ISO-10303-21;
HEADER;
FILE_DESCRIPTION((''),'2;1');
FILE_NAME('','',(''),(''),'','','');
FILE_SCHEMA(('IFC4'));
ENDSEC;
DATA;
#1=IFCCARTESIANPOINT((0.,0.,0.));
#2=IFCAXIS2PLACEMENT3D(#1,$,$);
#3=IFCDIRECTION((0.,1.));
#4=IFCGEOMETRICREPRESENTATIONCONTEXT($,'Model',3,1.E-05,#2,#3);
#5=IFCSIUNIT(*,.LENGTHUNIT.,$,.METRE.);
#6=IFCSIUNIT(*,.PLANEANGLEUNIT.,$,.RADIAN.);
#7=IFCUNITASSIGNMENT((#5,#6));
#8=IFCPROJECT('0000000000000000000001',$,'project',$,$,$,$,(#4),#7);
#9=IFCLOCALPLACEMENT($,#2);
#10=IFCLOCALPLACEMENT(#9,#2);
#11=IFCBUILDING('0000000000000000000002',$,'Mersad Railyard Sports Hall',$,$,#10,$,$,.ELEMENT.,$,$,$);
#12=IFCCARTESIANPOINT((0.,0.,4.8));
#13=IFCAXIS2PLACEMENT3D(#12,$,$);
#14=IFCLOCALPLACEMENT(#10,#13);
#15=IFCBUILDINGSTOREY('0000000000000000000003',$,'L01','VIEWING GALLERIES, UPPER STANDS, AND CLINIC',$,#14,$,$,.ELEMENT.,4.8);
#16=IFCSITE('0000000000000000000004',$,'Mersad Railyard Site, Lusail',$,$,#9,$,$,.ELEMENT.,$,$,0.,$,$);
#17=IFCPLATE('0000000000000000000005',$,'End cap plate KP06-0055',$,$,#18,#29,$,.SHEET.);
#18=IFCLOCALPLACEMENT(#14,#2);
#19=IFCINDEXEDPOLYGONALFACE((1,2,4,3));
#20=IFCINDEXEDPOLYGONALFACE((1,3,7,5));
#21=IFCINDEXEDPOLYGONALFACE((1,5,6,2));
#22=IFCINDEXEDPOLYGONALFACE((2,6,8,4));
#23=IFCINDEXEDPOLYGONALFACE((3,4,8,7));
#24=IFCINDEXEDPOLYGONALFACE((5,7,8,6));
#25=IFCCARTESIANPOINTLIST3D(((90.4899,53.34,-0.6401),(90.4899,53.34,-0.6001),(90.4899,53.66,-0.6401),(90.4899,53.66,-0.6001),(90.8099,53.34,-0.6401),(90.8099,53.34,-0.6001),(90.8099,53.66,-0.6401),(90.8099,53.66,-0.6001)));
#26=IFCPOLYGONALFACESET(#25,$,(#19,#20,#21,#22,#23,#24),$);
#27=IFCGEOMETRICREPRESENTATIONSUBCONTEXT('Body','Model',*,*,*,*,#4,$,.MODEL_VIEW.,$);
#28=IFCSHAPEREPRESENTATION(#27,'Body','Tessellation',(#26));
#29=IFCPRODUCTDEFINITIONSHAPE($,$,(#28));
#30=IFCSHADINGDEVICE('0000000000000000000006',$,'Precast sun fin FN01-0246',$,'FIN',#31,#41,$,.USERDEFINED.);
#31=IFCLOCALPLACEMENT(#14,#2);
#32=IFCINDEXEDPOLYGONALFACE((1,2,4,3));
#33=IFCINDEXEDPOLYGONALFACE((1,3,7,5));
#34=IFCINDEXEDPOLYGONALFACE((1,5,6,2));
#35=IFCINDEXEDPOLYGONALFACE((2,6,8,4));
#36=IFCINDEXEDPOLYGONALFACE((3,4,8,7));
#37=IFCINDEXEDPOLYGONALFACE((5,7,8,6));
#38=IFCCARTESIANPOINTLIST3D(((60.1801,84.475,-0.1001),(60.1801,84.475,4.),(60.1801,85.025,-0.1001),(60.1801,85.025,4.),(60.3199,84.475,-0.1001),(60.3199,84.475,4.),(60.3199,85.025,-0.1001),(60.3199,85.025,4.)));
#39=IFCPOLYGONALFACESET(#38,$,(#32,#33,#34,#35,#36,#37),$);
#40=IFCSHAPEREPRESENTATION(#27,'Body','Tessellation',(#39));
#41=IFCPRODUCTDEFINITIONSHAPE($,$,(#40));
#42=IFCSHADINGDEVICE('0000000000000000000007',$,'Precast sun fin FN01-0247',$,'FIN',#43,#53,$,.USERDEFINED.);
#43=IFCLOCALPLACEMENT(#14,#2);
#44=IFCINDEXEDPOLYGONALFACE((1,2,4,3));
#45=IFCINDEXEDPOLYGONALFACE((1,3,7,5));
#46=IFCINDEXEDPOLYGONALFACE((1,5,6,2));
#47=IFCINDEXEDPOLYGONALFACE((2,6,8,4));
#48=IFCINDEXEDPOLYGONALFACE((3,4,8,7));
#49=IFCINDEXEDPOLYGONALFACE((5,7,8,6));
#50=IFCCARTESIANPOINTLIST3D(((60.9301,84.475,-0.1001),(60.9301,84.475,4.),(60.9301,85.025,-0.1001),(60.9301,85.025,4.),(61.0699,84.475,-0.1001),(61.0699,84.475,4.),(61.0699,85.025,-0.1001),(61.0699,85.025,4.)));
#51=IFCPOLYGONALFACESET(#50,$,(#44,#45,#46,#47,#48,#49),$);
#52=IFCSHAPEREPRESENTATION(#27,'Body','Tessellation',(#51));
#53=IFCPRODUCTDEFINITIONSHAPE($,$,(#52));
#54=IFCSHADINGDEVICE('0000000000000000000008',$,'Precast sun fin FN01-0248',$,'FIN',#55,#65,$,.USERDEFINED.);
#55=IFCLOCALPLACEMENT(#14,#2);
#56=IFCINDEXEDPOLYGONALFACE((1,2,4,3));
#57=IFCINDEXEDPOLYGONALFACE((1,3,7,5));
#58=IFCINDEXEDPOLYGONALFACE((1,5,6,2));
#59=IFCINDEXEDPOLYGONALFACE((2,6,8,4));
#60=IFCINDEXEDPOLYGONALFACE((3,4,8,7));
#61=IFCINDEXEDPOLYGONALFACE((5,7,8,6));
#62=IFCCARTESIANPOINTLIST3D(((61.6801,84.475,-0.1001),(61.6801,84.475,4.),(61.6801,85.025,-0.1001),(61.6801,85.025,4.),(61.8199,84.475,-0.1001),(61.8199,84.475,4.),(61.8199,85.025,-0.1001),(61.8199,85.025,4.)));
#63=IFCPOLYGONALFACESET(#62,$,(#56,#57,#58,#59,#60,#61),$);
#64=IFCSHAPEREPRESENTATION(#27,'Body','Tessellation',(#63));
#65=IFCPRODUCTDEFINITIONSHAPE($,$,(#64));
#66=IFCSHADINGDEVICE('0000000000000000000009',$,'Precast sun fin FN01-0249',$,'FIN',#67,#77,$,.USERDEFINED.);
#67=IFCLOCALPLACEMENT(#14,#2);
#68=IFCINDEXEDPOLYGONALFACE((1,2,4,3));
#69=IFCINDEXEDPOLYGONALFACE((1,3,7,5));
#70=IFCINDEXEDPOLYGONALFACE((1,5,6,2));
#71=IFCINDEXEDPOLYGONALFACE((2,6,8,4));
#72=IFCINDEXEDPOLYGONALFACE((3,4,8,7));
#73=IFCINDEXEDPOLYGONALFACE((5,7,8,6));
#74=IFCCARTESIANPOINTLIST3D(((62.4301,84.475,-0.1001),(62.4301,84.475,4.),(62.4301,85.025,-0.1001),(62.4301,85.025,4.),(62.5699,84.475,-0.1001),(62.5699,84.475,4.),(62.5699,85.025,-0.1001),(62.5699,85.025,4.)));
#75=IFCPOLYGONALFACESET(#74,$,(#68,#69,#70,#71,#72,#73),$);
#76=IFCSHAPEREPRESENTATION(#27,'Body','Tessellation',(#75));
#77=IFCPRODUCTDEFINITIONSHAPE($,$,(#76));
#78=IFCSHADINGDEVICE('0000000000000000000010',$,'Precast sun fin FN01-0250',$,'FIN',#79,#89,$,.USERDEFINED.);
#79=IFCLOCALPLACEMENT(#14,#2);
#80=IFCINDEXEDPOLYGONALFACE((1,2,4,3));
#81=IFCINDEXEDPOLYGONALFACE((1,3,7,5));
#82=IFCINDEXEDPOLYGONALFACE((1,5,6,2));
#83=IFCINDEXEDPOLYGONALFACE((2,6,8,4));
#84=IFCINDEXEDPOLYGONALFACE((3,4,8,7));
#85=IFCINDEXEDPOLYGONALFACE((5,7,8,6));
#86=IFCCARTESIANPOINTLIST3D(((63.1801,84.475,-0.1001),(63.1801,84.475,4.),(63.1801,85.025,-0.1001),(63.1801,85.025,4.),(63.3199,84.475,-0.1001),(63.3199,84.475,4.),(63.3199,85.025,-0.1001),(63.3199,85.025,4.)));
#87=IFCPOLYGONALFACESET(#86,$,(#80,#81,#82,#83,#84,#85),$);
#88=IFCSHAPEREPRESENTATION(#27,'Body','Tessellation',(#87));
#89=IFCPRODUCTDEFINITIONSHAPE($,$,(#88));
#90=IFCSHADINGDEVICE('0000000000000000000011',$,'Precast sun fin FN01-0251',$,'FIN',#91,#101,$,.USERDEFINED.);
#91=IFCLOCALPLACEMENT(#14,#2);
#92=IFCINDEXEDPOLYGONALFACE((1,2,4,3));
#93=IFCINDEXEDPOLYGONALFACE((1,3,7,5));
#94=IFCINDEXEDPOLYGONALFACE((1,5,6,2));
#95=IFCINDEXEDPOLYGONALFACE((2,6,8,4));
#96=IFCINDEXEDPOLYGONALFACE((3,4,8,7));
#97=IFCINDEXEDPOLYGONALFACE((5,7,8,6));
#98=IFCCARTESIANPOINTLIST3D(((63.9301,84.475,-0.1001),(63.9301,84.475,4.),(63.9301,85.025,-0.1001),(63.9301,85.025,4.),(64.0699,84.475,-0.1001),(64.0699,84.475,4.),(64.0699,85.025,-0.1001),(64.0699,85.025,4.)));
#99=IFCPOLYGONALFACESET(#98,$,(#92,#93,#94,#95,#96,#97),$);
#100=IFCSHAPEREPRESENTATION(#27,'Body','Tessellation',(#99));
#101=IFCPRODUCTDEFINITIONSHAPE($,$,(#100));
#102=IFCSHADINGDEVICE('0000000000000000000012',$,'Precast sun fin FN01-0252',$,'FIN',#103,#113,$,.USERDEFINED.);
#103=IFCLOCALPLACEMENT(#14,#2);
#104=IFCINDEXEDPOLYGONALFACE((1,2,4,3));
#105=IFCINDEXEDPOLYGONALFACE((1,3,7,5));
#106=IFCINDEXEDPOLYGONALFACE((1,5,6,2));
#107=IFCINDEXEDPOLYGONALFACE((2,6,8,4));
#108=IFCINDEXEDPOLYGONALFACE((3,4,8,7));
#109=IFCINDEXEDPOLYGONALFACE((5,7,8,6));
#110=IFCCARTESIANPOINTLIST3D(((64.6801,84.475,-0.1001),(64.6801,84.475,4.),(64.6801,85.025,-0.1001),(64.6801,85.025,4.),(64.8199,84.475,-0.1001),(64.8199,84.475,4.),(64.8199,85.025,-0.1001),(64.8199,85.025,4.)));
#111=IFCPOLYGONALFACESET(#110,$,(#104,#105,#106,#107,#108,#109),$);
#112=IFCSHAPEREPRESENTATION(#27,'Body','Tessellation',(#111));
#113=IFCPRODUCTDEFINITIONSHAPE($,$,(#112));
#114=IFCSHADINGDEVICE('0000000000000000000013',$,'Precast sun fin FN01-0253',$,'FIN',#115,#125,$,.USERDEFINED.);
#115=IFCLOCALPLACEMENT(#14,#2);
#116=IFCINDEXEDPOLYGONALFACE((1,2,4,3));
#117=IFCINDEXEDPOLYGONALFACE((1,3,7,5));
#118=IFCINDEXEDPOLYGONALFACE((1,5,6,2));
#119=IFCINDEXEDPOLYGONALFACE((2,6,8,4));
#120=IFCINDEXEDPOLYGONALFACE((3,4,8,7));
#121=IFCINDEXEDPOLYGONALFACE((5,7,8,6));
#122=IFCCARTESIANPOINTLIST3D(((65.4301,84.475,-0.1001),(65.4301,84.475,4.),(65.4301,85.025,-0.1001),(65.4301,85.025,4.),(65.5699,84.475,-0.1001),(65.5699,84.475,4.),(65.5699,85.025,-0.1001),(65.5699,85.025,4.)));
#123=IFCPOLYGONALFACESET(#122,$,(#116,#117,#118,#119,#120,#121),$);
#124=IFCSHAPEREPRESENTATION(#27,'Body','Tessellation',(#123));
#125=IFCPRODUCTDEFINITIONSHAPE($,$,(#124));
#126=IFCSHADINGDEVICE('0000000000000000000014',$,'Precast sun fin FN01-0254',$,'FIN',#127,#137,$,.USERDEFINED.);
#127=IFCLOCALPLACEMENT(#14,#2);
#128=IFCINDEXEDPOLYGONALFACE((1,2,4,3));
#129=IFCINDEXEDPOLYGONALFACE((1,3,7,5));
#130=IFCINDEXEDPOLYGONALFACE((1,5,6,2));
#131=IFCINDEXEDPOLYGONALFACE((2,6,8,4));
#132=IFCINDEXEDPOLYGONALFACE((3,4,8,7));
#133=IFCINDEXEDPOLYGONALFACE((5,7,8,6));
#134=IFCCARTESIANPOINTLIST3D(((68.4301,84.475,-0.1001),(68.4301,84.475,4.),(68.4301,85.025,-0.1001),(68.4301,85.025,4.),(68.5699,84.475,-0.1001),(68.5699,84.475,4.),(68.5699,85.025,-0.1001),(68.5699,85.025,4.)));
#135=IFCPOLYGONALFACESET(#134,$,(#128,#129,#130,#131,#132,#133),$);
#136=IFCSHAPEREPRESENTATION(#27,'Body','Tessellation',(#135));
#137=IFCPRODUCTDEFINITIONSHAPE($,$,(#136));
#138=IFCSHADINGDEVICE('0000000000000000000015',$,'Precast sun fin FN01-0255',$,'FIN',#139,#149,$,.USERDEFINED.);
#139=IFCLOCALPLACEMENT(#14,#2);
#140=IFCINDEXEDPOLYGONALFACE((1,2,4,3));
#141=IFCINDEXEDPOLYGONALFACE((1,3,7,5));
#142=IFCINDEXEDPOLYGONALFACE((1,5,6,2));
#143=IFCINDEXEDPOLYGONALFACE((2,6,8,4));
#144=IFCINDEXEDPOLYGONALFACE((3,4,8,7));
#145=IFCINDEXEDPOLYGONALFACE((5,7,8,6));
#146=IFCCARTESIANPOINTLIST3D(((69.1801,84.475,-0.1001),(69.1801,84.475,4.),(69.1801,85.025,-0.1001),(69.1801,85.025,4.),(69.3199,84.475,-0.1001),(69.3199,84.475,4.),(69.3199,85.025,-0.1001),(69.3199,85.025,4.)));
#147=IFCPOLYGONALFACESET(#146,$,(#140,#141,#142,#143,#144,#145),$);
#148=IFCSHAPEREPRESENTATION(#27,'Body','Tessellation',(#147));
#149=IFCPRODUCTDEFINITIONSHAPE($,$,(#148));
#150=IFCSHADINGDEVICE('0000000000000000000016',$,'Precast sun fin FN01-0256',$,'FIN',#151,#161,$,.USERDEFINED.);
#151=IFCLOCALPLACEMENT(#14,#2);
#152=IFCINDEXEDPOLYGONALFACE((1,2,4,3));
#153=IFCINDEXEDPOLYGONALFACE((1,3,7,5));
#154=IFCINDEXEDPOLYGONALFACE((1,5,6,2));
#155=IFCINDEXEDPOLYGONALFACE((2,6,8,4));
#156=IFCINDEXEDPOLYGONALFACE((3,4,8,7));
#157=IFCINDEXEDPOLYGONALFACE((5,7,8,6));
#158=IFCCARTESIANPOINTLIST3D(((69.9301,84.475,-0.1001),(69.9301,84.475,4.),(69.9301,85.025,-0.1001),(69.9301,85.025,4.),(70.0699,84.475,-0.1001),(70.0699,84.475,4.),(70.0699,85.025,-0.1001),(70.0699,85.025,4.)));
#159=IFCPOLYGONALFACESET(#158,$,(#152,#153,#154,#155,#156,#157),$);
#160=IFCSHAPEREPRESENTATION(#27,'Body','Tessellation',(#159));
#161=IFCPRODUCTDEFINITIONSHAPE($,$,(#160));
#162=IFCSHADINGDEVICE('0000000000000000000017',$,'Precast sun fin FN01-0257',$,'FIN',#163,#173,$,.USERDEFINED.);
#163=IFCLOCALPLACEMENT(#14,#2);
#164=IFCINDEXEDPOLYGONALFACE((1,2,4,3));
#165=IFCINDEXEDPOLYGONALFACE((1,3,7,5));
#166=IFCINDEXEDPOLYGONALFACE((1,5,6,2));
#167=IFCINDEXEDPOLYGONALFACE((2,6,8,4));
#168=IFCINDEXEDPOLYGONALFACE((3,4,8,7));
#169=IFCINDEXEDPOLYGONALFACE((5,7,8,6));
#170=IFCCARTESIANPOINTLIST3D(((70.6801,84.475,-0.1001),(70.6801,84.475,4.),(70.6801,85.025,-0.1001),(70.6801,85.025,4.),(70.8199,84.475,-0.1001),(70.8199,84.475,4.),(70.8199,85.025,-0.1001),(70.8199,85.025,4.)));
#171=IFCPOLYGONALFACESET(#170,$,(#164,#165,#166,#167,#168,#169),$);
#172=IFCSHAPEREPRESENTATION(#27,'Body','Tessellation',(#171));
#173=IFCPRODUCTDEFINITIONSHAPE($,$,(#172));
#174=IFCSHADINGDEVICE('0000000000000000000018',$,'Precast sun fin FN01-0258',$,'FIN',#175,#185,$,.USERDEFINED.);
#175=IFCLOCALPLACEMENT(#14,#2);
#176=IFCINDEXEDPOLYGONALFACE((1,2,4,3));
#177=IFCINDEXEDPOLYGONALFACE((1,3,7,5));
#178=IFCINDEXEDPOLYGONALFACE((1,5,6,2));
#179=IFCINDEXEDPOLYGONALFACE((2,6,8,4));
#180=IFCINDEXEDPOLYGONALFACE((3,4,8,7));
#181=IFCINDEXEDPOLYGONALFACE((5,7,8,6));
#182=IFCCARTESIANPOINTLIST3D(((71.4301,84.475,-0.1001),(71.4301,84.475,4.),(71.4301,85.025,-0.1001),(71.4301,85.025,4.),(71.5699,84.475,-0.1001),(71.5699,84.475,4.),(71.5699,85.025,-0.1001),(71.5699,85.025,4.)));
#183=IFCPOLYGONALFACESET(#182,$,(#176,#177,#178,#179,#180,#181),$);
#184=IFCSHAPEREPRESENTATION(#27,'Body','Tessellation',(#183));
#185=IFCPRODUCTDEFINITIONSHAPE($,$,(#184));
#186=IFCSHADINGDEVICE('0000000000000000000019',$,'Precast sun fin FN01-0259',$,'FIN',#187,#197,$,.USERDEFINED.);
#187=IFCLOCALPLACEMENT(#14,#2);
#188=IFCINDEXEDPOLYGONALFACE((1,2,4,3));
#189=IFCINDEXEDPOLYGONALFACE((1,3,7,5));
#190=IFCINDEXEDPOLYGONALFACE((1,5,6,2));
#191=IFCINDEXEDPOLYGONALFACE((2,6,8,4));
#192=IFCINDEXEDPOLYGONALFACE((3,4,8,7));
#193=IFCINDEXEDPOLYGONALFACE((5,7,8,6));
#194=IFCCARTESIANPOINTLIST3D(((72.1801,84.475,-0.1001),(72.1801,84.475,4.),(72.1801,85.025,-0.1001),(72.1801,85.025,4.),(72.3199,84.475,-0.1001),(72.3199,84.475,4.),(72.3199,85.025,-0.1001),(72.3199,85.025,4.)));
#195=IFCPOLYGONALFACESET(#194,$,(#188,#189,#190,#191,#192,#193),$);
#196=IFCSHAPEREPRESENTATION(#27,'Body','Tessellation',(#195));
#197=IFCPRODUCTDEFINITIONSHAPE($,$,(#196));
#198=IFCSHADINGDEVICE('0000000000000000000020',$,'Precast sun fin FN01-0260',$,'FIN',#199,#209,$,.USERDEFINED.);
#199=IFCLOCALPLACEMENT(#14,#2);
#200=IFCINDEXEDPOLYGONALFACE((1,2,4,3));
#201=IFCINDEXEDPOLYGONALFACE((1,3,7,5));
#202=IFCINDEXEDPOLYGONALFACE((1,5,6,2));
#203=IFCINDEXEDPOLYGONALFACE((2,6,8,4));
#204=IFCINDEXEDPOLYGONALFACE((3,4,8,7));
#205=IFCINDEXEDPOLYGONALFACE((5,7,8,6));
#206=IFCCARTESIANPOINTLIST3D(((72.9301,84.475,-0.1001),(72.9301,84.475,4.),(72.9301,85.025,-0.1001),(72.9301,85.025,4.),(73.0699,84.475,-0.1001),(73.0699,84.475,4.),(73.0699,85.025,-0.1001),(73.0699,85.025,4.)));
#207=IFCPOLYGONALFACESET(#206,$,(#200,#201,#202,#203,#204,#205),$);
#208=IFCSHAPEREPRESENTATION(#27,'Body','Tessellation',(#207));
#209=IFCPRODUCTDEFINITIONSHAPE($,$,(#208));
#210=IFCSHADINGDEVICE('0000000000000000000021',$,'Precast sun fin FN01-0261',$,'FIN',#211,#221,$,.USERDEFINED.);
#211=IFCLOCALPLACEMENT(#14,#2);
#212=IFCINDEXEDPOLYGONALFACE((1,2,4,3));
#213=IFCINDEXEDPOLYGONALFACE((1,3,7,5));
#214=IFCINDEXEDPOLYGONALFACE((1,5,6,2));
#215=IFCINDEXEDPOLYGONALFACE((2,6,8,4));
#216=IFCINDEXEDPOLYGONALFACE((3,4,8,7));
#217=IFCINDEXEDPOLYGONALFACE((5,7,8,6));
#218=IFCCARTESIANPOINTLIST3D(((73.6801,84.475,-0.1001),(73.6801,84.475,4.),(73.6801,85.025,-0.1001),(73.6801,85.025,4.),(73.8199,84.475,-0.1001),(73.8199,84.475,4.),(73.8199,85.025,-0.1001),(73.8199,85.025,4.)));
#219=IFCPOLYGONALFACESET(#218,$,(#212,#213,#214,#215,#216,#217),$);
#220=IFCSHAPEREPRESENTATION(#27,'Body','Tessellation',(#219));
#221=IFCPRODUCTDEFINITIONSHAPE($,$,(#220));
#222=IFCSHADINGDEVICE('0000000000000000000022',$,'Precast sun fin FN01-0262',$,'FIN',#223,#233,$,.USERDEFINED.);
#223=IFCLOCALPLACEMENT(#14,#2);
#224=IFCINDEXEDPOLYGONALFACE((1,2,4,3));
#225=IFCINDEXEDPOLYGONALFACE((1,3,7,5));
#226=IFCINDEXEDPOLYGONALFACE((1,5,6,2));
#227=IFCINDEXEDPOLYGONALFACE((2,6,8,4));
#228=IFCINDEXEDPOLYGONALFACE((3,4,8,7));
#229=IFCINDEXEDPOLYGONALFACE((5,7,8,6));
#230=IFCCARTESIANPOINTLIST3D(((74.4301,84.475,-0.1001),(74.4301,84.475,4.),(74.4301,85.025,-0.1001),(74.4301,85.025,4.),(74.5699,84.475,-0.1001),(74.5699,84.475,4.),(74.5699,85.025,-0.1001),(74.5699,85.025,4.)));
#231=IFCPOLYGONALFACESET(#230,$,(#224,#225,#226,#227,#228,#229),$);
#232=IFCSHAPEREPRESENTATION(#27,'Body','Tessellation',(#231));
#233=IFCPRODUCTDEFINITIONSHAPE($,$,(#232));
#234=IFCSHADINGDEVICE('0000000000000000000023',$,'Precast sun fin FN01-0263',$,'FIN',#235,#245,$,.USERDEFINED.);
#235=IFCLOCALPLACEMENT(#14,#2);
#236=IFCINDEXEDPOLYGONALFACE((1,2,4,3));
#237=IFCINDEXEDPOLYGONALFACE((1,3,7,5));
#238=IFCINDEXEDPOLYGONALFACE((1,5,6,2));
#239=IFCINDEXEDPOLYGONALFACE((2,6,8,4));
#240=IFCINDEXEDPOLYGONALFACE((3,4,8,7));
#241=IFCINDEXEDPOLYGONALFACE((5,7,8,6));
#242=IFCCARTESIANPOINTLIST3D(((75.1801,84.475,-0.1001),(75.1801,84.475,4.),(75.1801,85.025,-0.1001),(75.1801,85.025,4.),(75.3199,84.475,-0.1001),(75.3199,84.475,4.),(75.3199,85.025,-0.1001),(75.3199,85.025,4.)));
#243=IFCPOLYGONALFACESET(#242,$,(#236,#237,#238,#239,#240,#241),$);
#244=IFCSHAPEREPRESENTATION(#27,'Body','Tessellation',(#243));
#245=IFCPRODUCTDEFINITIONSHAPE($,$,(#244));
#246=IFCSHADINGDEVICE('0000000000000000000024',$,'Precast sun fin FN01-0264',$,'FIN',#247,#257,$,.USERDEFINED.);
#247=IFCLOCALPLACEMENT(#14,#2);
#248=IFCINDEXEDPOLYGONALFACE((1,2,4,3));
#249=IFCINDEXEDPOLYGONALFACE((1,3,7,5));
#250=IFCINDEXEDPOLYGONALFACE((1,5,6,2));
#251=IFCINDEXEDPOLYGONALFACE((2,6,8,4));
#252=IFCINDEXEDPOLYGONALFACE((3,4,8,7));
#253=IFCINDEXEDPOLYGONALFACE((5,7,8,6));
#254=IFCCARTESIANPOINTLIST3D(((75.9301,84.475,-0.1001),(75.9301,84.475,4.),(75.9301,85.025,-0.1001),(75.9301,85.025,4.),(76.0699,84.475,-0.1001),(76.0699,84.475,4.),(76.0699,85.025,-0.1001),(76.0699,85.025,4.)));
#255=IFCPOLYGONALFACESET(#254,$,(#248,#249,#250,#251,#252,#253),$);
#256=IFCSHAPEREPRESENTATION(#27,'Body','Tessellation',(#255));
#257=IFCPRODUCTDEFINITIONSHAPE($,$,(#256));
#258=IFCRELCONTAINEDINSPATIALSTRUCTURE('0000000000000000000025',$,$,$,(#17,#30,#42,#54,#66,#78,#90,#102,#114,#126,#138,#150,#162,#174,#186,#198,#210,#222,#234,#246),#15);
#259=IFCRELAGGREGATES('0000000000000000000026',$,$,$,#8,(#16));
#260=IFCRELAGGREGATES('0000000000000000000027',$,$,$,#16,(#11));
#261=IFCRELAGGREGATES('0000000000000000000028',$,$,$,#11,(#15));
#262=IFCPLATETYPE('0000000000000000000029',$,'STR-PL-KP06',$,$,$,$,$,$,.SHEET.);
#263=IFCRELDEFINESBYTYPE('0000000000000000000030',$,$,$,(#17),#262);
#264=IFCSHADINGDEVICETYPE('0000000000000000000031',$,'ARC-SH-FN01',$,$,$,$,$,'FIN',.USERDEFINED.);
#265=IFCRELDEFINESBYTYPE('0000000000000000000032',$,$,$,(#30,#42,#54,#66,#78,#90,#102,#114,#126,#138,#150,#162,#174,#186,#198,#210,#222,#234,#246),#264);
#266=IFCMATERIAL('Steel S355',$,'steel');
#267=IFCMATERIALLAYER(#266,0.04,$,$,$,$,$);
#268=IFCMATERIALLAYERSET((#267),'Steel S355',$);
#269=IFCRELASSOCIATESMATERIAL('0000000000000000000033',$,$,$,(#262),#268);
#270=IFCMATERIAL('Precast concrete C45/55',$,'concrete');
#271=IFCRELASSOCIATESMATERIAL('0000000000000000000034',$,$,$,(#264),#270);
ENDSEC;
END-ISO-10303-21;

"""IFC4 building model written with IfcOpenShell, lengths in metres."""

from ifc_helpers import new_model, si_unit, direction, frame, origin, origin_2d, place, context, subcontext, project, spatial, rectangle, extrude, material, layer, layer_set, type_object, element, save


model = new_model("IFC4")

# Units and contexts
model_context = context("Model", 3, precision=1e-05, world=origin(), true_north=direction((0.0, 1.0)))
body_context = subcontext(model_context, "Body", "Model", "MODEL_VIEW")
ifc_project = project(units=[si_unit("LENGTHUNIT", "METRE"), si_unit("PLANEANGLEUNIT", "RADIAN")], contexts=[model_context])

# Site, building, storey
site_placement = place(None, origin())
site = spatial("IfcSite", under=ifc_project, at=site_placement, Name="Mersad Railyard Site, Lusail", CompositionType="ELEMENT", RefElevation=0.0)
building_placement = place(site_placement, origin())
building = spatial("IfcBuilding", under=site, at=building_placement, Name="Mersad Railyard Sports Hall", CompositionType="ELEMENT")
storey_placement = place(building_placement, frame((0.0, 0.0, 4.8)))
storey = spatial("IfcBuildingStorey", under=building, at=storey_placement, Name="L01", Description="VIEWING GALLERIES, UPPER STANDS, AND CLINIC", CompositionType="ELEMENT", Elevation=4.8)

# Shared definitions
ifc_material_1 = material(Name="Steel S355", Category="steel")

# Plate
ifc_layer_1 = layer(ifc_material_1, 0.04)
ifc_layer_set_1 = layer_set([ifc_layer_1], Name="Steel S355")
plate_type_1 = type_object("IfcPlateType", Name="STR-PL-KP06", PredefinedType="SHEET", material=ifc_layer_set_1)
plate_1_placement = place(storey_placement, frame((90.6499, 53.5, -0.6401), z_axis=(0.0, 0.0, 1.0), x_axis=(1.0, 0.0, 0.0)))
element("IfcPlate", 1, at=plate_1_placement, inside=storey, type_object=plate_type_1, Name="End cap plate KP06-0055", PredefinedType="SHEET", context=body_context, shape_type="SweptSolid", body=[
    extrude(rectangle(XDim=0.3201, YDim=0.3201, at=origin_2d()), origin(), (0.0, 0.0, 1.0), 0.04),
])

# Shading devices
ifc_material_2 = material(Name="Precast concrete C45/55", Category="concrete")
shading_device_type = type_object("IfcShadingDeviceType", Name="ARC-SH-FN01", ElementType="FIN", PredefinedType="USERDEFINED", material=ifc_material_2)
for number, where, z_axis, x_axis, name in (
    (2, (60.25, 84.75, -0.1001), (0.0, 0.0, 1.0), (1.0, 0.0, 0.0), "Precast sun fin FN01-0246"),
    (3, (61.0, 84.75, -0.1001), (0.0, 0.0, 1.0), (1.0, 0.0, 0.0), "Precast sun fin FN01-0247"),
    (4, (61.75, 84.75, -0.1001), (0.0, 0.0, 1.0), (1.0, 0.0, 0.0), "Precast sun fin FN01-0248"),
    (5, (62.5, 84.75, -0.1001), (0.0, 0.0, 1.0), (1.0, 0.0, 0.0), "Precast sun fin FN01-0249"),
    (6, (63.25, 84.75, -0.1001), (0.0, 0.0, 1.0), (1.0, 0.0, 0.0), "Precast sun fin FN01-0250"),
    (7, (64.0, 84.75, -0.1001), (0.0, 0.0, 1.0), (1.0, 0.0, 0.0), "Precast sun fin FN01-0251"),
    (8, (64.75, 84.75, -0.1001), (0.0, 0.0, 1.0), (1.0, 0.0, 0.0), "Precast sun fin FN01-0252"),
    (9, (65.5, 84.75, -0.1001), (0.0, 0.0, 1.0), (1.0, 0.0, 0.0), "Precast sun fin FN01-0253"),
    (10, (68.5, 84.75, -0.1001), (0.0, 0.0, 1.0), (1.0, 0.0, 0.0), "Precast sun fin FN01-0254"),
    (11, (69.25, 84.75, -0.1001), (0.0, 0.0, 1.0), (1.0, 0.0, 0.0), "Precast sun fin FN01-0255"),
    (12, (70.0, 84.75, -0.1001), (0.0, 0.0, 1.0), (1.0, 0.0, 0.0), "Precast sun fin FN01-0256"),
    (13, (70.75, 84.75, -0.1001), (0.0, 0.0, 1.0), (1.0, 0.0, 0.0), "Precast sun fin FN01-0257"),
    (14, (71.5, 84.75, -0.1001), (0.0, 0.0, 1.0), (1.0, 0.0, 0.0), "Precast sun fin FN01-0258"),
    (15, (72.25, 84.75, -0.1001), (0.0, 0.0, 1.0), (1.0, 0.0, 0.0), "Precast sun fin FN01-0259"),
    (16, (73.0, 84.75, -0.1001), (0.0, 0.0, 1.0), (1.0, 0.0, 0.0), "Precast sun fin FN01-0260"),
    (17, (73.75, 84.75, -0.1001), (0.0, 0.0, 1.0), (1.0, 0.0, 0.0), "Precast sun fin FN01-0261"),
    (18, (74.5, 84.75, -0.1001), (0.0, 0.0, 1.0), (1.0, 0.0, 0.0), "Precast sun fin FN01-0262"),
    (19, (75.25, 84.75, -0.1001), (0.0, 0.0, 1.0), (1.0, 0.0, 0.0), "Precast sun fin FN01-0263"),
    (20, (76.0, 84.75, -0.1001), (0.0, 0.0, 1.0), (1.0, 0.0, 0.0), "Precast sun fin FN01-0264"),
):
    element("IfcShadingDevice", number, at=place(storey_placement, frame(where, z_axis=z_axis, x_axis=x_axis)), inside=storey, type_object=shading_device_type, Name=name, ObjectType="FIN", PredefinedType="USERDEFINED", context=body_context, shape_type="SweptSolid", body=[
        extrude(rectangle(XDim=0.1399, YDim=0.55, at=origin_2d()), origin(), (0.0, 0.0, 1.0), 4.1001),
    ])

save(model, "model.ifc")
